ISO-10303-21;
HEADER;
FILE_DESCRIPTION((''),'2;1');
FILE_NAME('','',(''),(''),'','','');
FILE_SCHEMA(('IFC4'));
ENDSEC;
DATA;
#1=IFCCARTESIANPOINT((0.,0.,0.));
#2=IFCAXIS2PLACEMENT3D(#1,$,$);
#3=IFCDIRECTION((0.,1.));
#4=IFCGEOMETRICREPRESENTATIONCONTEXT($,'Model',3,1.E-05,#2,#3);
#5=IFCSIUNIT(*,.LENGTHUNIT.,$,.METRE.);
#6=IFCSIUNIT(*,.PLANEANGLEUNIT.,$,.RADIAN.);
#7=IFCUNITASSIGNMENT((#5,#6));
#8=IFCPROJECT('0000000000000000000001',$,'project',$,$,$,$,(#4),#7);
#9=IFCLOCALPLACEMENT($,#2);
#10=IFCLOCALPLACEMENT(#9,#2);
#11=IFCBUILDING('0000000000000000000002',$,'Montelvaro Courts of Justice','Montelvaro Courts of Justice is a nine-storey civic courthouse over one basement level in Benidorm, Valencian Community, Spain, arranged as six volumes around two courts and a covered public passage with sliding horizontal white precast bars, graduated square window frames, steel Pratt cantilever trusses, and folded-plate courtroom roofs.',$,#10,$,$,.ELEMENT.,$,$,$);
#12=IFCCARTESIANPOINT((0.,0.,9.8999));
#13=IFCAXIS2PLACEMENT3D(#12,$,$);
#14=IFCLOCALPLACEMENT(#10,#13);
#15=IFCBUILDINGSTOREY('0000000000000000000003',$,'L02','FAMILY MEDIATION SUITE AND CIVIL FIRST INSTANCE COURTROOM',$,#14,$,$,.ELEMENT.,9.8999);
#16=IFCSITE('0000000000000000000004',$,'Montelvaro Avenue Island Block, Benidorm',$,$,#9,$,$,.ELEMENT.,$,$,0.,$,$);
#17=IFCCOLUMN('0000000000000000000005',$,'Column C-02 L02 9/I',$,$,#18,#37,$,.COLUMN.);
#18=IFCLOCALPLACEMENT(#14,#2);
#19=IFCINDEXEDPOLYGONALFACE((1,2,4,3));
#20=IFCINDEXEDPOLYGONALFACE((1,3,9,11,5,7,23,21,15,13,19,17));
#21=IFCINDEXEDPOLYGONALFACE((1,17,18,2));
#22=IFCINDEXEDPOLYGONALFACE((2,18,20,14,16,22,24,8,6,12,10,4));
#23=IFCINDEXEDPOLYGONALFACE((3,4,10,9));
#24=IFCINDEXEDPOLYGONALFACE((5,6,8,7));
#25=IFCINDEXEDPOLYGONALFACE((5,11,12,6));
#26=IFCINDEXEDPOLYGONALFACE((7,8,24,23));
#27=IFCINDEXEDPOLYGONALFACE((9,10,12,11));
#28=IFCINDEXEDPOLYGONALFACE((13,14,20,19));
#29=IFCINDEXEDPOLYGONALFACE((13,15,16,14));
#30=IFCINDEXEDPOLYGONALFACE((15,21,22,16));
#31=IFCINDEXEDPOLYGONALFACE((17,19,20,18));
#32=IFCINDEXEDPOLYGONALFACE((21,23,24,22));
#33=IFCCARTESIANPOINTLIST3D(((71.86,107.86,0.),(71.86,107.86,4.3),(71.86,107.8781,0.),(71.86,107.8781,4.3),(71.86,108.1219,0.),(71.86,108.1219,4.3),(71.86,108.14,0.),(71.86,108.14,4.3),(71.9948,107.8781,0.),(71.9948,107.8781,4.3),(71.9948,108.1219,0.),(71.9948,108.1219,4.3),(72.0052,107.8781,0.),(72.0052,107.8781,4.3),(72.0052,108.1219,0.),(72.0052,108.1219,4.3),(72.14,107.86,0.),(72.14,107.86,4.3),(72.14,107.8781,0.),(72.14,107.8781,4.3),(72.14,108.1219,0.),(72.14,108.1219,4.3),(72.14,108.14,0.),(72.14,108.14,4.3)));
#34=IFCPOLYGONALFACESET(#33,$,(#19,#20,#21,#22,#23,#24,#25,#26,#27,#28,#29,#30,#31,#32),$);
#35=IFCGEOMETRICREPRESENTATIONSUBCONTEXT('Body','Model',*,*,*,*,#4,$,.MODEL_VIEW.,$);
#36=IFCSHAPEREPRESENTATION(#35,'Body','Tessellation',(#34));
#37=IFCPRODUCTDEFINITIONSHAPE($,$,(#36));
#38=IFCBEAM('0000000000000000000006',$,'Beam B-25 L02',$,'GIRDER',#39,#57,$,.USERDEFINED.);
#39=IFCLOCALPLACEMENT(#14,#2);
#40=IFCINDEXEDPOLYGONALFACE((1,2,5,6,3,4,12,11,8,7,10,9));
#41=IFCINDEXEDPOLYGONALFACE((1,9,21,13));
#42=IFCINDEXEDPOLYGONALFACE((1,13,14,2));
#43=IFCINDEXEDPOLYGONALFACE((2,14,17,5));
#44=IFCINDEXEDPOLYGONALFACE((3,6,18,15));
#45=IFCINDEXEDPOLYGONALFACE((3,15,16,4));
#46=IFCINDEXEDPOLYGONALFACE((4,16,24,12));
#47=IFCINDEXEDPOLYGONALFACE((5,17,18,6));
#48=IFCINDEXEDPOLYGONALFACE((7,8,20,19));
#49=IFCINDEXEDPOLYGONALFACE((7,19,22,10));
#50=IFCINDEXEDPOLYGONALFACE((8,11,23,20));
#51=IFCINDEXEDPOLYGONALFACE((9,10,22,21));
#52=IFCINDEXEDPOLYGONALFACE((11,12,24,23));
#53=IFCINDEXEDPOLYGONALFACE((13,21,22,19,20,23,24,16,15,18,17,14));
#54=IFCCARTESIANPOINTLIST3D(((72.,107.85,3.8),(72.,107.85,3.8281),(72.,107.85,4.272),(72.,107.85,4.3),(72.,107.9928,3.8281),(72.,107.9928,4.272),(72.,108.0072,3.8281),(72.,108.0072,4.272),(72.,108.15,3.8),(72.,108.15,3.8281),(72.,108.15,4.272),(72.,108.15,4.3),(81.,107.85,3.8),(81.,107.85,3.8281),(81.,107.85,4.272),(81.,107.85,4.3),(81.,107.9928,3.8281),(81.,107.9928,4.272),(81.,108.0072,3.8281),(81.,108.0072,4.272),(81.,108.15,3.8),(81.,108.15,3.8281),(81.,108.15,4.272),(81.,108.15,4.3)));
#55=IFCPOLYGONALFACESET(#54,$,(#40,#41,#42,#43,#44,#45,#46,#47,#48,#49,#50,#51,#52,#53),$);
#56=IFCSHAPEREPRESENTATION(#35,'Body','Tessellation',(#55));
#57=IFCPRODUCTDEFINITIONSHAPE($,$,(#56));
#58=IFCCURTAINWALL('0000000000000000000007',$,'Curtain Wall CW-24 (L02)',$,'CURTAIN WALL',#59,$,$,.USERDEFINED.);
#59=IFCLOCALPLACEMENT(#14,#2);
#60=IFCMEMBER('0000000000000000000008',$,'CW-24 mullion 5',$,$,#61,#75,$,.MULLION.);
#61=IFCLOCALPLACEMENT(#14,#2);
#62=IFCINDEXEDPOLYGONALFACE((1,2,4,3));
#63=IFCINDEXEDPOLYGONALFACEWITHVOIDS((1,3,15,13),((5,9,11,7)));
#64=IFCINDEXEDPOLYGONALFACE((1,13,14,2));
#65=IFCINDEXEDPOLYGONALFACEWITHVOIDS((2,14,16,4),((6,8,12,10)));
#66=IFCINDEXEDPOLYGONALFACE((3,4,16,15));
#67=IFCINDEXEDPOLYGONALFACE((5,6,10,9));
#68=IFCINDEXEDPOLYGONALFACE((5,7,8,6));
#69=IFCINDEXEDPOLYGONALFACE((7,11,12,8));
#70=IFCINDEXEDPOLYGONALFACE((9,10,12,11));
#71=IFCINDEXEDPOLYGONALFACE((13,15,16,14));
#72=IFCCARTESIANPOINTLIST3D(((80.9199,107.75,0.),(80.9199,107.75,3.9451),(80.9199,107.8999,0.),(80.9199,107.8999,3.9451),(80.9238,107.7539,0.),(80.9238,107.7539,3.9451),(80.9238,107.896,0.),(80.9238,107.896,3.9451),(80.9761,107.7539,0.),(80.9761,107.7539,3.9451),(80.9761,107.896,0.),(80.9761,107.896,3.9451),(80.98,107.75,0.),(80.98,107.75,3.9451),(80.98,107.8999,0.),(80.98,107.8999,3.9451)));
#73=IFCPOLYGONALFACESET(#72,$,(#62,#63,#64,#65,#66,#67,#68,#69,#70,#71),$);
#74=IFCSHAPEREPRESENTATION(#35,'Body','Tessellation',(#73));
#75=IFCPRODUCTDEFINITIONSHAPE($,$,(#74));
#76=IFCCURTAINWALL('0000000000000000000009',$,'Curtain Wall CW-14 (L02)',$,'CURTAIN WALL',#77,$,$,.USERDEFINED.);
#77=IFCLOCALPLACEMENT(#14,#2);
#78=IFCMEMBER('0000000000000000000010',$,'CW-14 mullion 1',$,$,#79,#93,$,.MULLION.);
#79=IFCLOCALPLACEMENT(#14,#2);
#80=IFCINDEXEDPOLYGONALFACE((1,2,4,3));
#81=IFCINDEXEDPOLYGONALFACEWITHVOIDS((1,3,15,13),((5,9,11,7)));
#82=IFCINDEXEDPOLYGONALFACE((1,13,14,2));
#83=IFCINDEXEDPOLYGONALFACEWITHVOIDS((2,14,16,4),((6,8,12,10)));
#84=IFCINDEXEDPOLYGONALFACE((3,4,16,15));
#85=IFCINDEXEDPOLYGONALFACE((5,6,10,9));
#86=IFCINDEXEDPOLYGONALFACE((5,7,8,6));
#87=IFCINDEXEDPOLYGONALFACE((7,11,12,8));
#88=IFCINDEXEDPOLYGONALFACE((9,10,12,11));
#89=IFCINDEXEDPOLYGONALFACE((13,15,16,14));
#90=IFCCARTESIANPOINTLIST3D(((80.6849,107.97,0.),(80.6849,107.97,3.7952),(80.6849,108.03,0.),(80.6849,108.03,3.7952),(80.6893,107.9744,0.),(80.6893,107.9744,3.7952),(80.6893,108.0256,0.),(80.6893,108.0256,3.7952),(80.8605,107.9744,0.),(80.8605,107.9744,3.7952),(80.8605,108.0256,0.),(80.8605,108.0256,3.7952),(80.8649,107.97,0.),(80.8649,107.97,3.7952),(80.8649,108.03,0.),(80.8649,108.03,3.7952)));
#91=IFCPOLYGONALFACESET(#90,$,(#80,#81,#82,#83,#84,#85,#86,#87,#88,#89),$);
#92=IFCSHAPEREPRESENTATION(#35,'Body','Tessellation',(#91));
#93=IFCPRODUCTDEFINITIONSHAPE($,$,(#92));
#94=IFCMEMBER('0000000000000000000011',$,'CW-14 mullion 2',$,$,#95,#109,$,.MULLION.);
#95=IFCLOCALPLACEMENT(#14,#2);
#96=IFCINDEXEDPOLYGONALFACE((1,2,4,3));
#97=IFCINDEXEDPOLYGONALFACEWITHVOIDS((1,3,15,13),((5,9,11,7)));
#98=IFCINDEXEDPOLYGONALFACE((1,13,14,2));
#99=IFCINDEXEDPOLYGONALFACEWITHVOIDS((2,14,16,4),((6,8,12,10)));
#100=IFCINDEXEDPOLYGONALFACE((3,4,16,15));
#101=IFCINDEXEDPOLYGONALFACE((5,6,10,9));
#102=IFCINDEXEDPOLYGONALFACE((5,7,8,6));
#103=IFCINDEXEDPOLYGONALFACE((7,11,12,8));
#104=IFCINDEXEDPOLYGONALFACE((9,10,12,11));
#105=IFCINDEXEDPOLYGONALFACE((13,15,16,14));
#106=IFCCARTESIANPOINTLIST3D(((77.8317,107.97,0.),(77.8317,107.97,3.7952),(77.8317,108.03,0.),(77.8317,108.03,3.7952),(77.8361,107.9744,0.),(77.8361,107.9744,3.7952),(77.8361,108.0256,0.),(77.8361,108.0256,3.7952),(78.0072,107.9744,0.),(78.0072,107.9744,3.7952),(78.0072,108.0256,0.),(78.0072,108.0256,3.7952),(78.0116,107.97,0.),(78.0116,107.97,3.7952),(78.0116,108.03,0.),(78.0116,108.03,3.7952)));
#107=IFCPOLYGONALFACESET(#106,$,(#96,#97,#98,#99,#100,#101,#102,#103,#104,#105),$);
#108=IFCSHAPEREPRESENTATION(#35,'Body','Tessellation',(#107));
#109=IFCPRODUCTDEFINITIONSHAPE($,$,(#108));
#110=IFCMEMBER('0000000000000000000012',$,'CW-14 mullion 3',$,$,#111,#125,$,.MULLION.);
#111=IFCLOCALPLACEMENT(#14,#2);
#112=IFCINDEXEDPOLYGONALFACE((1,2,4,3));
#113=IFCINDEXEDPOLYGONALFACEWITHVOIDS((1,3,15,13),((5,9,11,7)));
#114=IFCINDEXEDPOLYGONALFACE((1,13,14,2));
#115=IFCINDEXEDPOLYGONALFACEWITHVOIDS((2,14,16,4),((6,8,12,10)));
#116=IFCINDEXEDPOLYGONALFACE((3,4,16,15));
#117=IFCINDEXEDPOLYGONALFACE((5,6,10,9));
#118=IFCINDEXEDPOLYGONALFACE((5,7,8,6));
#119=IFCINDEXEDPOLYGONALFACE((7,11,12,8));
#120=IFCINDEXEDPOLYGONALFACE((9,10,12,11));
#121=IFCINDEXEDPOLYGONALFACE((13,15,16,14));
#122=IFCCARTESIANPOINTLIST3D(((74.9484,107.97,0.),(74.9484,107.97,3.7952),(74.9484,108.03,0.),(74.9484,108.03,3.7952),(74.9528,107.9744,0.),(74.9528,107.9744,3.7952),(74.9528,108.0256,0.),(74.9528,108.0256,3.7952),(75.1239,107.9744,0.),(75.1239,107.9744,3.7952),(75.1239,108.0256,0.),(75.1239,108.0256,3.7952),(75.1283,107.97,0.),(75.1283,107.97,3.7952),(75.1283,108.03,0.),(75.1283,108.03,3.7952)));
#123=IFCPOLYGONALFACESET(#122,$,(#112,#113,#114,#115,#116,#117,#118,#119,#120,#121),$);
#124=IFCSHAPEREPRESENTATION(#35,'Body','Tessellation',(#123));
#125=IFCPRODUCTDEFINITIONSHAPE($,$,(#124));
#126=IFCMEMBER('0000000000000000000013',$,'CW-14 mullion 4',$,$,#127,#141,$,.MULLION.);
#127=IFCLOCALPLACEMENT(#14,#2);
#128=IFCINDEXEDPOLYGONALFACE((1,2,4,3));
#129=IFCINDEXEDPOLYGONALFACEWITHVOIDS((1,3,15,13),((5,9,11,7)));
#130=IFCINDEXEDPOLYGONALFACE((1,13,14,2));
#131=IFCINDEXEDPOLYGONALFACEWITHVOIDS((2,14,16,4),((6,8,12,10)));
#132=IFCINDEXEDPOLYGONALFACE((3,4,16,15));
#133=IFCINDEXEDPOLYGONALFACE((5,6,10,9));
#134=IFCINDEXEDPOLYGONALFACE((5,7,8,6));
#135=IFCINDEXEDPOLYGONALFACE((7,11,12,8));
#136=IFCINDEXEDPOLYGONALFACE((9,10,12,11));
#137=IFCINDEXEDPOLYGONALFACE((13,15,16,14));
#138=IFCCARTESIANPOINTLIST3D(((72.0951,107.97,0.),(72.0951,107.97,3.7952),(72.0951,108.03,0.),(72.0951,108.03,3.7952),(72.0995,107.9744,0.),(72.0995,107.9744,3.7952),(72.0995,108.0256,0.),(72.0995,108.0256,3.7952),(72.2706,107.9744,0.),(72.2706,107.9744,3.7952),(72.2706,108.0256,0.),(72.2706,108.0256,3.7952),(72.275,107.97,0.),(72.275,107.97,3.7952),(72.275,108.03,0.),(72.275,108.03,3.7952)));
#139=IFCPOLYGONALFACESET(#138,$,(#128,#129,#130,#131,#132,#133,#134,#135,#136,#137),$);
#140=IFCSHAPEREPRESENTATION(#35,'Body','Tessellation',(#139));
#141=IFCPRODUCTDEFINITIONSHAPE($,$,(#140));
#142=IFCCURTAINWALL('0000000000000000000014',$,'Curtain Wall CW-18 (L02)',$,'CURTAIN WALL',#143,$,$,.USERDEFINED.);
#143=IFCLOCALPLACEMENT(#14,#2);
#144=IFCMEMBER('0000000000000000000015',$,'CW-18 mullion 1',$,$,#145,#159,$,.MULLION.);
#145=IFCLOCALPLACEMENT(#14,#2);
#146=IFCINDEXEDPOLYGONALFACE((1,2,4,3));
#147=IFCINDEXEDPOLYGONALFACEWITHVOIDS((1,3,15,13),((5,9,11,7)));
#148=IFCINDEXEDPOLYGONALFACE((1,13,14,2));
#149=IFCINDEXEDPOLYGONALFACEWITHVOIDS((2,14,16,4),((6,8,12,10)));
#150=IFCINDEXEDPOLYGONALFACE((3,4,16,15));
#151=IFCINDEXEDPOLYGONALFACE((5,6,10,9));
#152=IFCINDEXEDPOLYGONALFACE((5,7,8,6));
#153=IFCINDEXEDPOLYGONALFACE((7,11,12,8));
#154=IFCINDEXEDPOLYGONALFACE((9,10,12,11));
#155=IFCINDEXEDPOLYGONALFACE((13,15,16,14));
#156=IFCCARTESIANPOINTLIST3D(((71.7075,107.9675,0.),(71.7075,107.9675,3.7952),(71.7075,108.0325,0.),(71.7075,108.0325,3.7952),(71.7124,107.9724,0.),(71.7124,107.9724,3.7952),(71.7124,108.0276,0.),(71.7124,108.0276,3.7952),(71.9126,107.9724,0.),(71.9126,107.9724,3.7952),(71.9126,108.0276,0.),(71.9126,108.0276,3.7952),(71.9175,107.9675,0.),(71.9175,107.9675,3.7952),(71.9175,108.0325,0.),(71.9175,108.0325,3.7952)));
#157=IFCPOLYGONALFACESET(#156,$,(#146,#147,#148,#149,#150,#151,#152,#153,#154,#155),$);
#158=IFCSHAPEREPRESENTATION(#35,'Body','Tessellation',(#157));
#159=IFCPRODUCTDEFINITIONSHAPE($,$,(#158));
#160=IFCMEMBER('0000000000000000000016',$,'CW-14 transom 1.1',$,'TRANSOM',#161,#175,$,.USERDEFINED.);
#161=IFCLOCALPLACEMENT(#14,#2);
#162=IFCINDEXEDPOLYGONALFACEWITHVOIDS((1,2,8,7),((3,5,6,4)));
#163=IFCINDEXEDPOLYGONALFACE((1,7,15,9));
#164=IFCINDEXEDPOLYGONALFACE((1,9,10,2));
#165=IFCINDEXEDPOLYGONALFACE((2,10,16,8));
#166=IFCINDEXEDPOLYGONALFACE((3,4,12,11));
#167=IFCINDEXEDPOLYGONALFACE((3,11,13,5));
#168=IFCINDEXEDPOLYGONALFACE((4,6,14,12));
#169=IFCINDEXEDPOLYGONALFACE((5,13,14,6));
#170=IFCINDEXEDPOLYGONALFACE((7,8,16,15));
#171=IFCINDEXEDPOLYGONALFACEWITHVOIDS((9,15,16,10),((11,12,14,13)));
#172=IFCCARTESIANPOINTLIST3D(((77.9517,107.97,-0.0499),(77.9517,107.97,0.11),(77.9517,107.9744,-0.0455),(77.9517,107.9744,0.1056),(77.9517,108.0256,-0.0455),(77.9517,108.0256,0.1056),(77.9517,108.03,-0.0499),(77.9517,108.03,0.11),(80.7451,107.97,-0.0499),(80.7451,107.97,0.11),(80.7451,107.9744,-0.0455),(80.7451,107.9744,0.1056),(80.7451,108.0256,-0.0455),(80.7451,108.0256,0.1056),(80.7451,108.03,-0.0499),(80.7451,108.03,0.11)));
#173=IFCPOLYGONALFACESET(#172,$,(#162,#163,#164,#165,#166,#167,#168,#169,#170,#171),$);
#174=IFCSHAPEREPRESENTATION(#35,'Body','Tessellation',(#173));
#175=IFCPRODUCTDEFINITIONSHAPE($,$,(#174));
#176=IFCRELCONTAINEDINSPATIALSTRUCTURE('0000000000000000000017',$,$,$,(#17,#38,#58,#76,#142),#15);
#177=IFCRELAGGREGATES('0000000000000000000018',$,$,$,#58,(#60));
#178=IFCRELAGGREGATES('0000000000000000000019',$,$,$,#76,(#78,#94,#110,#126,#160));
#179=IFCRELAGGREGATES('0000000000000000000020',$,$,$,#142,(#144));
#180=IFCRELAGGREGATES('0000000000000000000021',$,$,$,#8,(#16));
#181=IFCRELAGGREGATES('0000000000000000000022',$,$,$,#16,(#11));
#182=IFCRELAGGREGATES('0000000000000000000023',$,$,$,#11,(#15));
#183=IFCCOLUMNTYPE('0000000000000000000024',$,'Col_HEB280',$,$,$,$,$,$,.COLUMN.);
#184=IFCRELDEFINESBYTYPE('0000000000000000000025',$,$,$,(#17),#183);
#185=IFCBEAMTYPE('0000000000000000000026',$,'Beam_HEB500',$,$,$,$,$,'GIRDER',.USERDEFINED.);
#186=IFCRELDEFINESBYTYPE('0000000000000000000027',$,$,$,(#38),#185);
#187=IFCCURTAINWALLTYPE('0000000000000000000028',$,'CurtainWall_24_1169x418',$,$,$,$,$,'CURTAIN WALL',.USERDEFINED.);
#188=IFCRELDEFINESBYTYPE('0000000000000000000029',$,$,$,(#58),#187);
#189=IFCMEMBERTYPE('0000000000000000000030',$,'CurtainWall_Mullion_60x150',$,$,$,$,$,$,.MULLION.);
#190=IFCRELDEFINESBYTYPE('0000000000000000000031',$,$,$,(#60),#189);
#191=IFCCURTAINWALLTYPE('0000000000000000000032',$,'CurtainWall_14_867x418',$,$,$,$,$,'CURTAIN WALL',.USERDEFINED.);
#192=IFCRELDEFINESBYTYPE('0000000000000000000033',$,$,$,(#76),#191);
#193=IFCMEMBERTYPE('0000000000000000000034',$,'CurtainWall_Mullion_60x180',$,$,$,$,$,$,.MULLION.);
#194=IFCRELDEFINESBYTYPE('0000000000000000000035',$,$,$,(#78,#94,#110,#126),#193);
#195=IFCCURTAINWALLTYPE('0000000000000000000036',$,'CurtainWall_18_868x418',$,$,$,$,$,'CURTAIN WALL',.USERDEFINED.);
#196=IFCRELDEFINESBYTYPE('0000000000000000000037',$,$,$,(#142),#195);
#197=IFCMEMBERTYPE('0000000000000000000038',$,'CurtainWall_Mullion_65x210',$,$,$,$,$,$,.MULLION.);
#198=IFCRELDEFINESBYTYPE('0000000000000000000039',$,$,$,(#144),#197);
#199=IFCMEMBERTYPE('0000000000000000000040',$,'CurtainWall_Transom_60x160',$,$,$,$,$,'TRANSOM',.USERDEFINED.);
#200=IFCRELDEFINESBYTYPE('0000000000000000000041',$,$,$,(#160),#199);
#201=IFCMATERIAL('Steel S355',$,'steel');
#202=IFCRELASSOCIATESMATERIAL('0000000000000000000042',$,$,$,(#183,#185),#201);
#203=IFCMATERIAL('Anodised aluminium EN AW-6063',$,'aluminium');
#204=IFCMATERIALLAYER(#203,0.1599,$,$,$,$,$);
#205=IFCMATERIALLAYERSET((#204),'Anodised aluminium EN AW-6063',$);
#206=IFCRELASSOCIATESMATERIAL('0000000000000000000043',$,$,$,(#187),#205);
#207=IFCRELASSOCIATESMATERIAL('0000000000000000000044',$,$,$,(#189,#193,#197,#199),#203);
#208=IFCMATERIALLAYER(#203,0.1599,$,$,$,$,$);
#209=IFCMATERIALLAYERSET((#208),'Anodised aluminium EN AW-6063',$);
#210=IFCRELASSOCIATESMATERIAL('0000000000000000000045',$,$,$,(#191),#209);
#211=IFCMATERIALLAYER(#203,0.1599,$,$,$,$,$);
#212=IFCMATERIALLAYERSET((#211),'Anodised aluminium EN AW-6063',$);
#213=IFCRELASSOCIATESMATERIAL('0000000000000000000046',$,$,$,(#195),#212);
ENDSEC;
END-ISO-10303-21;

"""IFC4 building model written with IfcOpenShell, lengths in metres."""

from ifc_helpers import new_model, si_unit, direction, frame, origin, origin_2d, place, context, subcontext, project, spatial, hollow_rectangle, i_section, extrude, material, layer, layer_set, material_profile, profile_set, type_object, element, aggregate, save


model = new_model("IFC4")

# Units and contexts
model_context = context("Model", 3, precision=1e-05, world=origin(), true_north=direction((0.0, 1.0)))
body_context = subcontext(model_context, "Body", "Model", "MODEL_VIEW")
ifc_project = project(units=[si_unit("LENGTHUNIT", "METRE"), si_unit("PLANEANGLEUNIT", "RADIAN")], contexts=[model_context])

# Site, building, storey
site_placement = place(None, origin())
site = spatial("IfcSite", under=ifc_project, at=site_placement, Name="Montelvaro Avenue Island Block, Benidorm", CompositionType="ELEMENT", RefElevation=0.0)
building_placement = place(site_placement, origin())
building = spatial("IfcBuilding", under=site, at=building_placement, Name="Montelvaro Courts of Justice", Description="Montelvaro Courts of Justice is a nine-storey civic courthouse over one basement level in Benidorm, Valencian Community, Spain, arranged as six volumes around two courts and a covered public passage with sliding horizontal white precast bars, graduated square window frames, steel Pratt cantilever trusses, and folded-plate courtroom roofs.", CompositionType="ELEMENT")
storey_placement = place(building_placement, frame((0.0, 0.0, 9.8999)))
storey = spatial("IfcBuildingStorey", under=building, at=storey_placement, Name="L02", Description="FAMILY MEDIATION SUITE AND CIVIL FIRST INSTANCE COURTROOM", CompositionType="ELEMENT", Elevation=9.8999)

# Column
ifc_material_1 = material(Name="Steel S355", Category="steel")
ifc_material_profile_1 = material_profile(ifc_material_1, i_section(OverallWidth=0.28, OverallDepth=0.28, WebThickness=0.0105, FlangeThickness=0.0181, at=origin_2d()), Name="HEB 280")
ifc_profile_set_1 = profile_set([ifc_material_profile_1], Name="Steel S355")
column_type = type_object("IfcColumnType", Name="Col_HEB280", PredefinedType="COLUMN", material=ifc_profile_set_1)
column_placement = place(storey_placement, frame((72.0, 108.0, 0.0), z_axis=(0.0, 0.0, 1.0), x_axis=(1.0, 0.0, 0.0)))
element("IfcColumn", 1, at=column_placement, inside=storey, type_object=column_type, Name="Column C-02 L02 9/I", PredefinedType="COLUMN", context=body_context, shape_type="SweptSolid", body=[
    extrude(i_section(OverallWidth=0.28, OverallDepth=0.28, WebThickness=0.0105, FlangeThickness=0.0181, at=origin_2d()), origin(), (0.0, 0.0, 1.0), 4.3),
])

# Beam
ifc_material_profile_2 = material_profile(ifc_material_1, i_section(OverallWidth=0.3, OverallDepth=0.5, WebThickness=0.0144, FlangeThickness=0.0281, at=origin_2d()), Name="HEB 500")
ifc_profile_set_2 = profile_set([ifc_material_profile_2], Name="Steel S355")
beam_type = type_object("IfcBeamType", Name="Beam_HEB500", ElementType="GIRDER", PredefinedType="USERDEFINED", material=ifc_profile_set_2)
beam_placement = place(storey_placement, frame((72.0, 108.0, 4.05), z_axis=(1.0, 0.0, 0.0), x_axis=(0.0, 1.0, 0.0)))
element("IfcBeam", 2, at=beam_placement, inside=storey, type_object=beam_type, Name="Beam B-25 L02", ObjectType="GIRDER", PredefinedType="USERDEFINED", context=body_context, shape_type="SweptSolid", body=[
    extrude(i_section(OverallWidth=0.3, OverallDepth=0.5, WebThickness=0.0144, FlangeThickness=0.0281, at=origin_2d()), origin(), (0.0, 0.0, 1.0), 9.0),
])

# Curtain wall, member
ifc_material_2 = material(Name="Anodised aluminium EN AW-6063", Category="aluminium")
ifc_layer_1 = layer(ifc_material_2, 0.1599)
ifc_layer_set_1 = layer_set([ifc_layer_1], Name="Anodised aluminium EN AW-6063")
curtain_wall_type_1 = type_object("IfcCurtainWallType", Name="CurtainWall_24_1169x418", ElementType="CURTAIN WALL", PredefinedType="USERDEFINED", material=ifc_layer_set_1)
curtain_wall_1_placement = place(storey_placement, origin())
curtain_wall_1 = element("IfcCurtainWall", 3, at=curtain_wall_1_placement, inside=storey, type_object=curtain_wall_type_1, Name="Curtain Wall CW-24 (L02)", ObjectType="CURTAIN WALL", PredefinedType="USERDEFINED")
ifc_material_profile_3 = material_profile(ifc_material_2, hollow_rectangle(XDim=0.0601, YDim=0.1499, WallThickness=0.0039, at=origin_2d()), Name="ALU-M 60x150")
ifc_profile_set_3 = profile_set([ifc_material_profile_3], Name="Anodised aluminium EN AW-6063")
member_type_1 = type_object("IfcMemberType", Name="CurtainWall_Mullion_60x150", PredefinedType="MULLION", material=ifc_profile_set_3)
member_1_placement = place(storey_placement, frame((80.95, 107.825, 0.0), z_axis=(0.0, 0.0, 1.0), x_axis=(-1.0, 0.0, 0.0)))
member_1 = element("IfcMember", 4, at=member_1_placement, type_object=member_type_1, Name="CW-24 mullion 5", PredefinedType="MULLION", context=body_context, shape_type="SweptSolid", body=[
    extrude(hollow_rectangle(XDim=0.0601, YDim=0.1499, WallThickness=0.0039, at=origin_2d()), origin(), (0.0, 0.0, 1.0), 3.9451),
])
aggregate(curtain_wall_1, [member_1])

# Curtain wall, members
ifc_layer_2 = layer(ifc_material_2, 0.1599)
ifc_layer_set_2 = layer_set([ifc_layer_2], Name="Anodised aluminium EN AW-6063")
curtain_wall_type_2 = type_object("IfcCurtainWallType", Name="CurtainWall_14_867x418", ElementType="CURTAIN WALL", PredefinedType="USERDEFINED", material=ifc_layer_set_2)
curtain_wall_2_placement = place(storey_placement, origin())
curtain_wall_2 = element("IfcCurtainWall", 5, at=curtain_wall_2_placement, inside=storey, type_object=curtain_wall_type_2, Name="Curtain Wall CW-14 (L02)", ObjectType="CURTAIN WALL", PredefinedType="USERDEFINED")
ifc_material_profile_4 = material_profile(ifc_material_2, hollow_rectangle(XDim=0.0601, YDim=0.1799, WallThickness=0.0044, at=origin_2d()), Name="ALU-M 60x180")
ifc_profile_set_4 = profile_set([ifc_material_profile_4], Name="Anodised aluminium EN AW-6063")
member_type_2 = type_object("IfcMemberType", Name="CurtainWall_Mullion_60x180", PredefinedType="MULLION", material=ifc_profile_set_4)
member_2_placement = place(storey_placement, frame((80.7749, 108.0, 0.0), z_axis=(0.0, 0.0, 1.0), x_axis=(0.0, -1.0, 0.0)))
member_2 = element("IfcMember", 6, at=member_2_placement, type_object=member_type_2, Name="CW-14 mullion 1", PredefinedType="MULLION", context=body_context, shape_type="SweptSolid", body=[
    extrude(hollow_rectangle(XDim=0.0601, YDim=0.1799, WallThickness=0.0044, at=origin_2d()), origin(), (0.0, 0.0, 1.0), 3.7952),
])
member_3_placement = place(storey_placement, frame((77.9216, 108.0, 0.0), z_axis=(0.0, 0.0, 1.0), x_axis=(0.0, -1.0, 0.0)))
member_3 = element("IfcMember", 7, at=member_3_placement, type_object=member_type_2, Name="CW-14 mullion 2", PredefinedType="MULLION", context=body_context, shape_type="SweptSolid", body=[
    extrude(hollow_rectangle(XDim=0.0601, YDim=0.1799, WallThickness=0.0044, at=origin_2d()), origin(), (0.0, 0.0, 1.0), 3.7952),
])
member_4_placement = place(storey_placement, frame((75.0383, 108.0, 0.0), z_axis=(0.0, 0.0, 1.0), x_axis=(0.0, -1.0, 0.0)))
member_4 = element("IfcMember", 8, at=member_4_placement, type_object=member_type_2, Name="CW-14 mullion 3", PredefinedType="MULLION", context=body_context, shape_type="SweptSolid", body=[
    extrude(hollow_rectangle(XDim=0.0601, YDim=0.1799, WallThickness=0.0044, at=origin_2d()), origin(), (0.0, 0.0, 1.0), 3.7952),
])
member_5_placement = place(storey_placement, frame((72.1851, 108.0, 0.0), z_axis=(0.0, 0.0, 1.0), x_axis=(0.0, -1.0, 0.0)))
member_5 = element("IfcMember", 9, at=member_5_placement, type_object=member_type_2, Name="CW-14 mullion 4", PredefinedType="MULLION", context=body_context, shape_type="SweptSolid", body=[
    extrude(hollow_rectangle(XDim=0.0601, YDim=0.1799, WallThickness=0.0044, at=origin_2d()), origin(), (0.0, 0.0, 1.0), 3.7952),
])

# Curtain wall, member
ifc_layer_3 = layer(ifc_material_2, 0.1599)
ifc_layer_set_3 = layer_set([ifc_layer_3], Name="Anodised aluminium EN AW-6063")
curtain_wall_type_3 = type_object("IfcCurtainWallType", Name="CurtainWall_18_868x418", ElementType="CURTAIN WALL", PredefinedType="USERDEFINED", material=ifc_layer_set_3)
curtain_wall_3_placement = place(storey_placement, origin())
curtain_wall_3 = element("IfcCurtainWall", 10, at=curtain_wall_3_placement, inside=storey, type_object=curtain_wall_type_3, Name="Curtain Wall CW-18 (L02)", ObjectType="CURTAIN WALL", PredefinedType="USERDEFINED")
ifc_material_profile_5 = material_profile(ifc_material_2, hollow_rectangle(XDim=0.0649, YDim=0.21, WallThickness=0.0049, at=origin_2d()), Name="ALU-M 65x210")
ifc_profile_set_5 = profile_set([ifc_material_profile_5], Name="Anodised aluminium EN AW-6063")
member_type_3 = type_object("IfcMemberType", Name="CurtainWall_Mullion_65x210", PredefinedType="MULLION", material=ifc_profile_set_5)
member_6_placement = place(storey_placement, frame((71.8125, 108.0, 0.0), z_axis=(0.0, 0.0, 1.0), x_axis=(0.0, -1.0, 0.0)))
member_6 = element("IfcMember", 11, at=member_6_placement, type_object=member_type_3, Name="CW-18 mullion 1", PredefinedType="MULLION", context=body_context, shape_type="SweptSolid", body=[
    extrude(hollow_rectangle(XDim=0.0649, YDim=0.21, WallThickness=0.0049, at=origin_2d()), origin(), (0.0, 0.0, 1.0), 3.7952),
])

# Member
ifc_material_profile_6 = material_profile(ifc_material_2, hollow_rectangle(XDim=0.0601, YDim=0.1599, WallThickness=0.0044, at=origin_2d()), Name="ALU-T 60x160")
ifc_profile_set_6 = profile_set([ifc_material_profile_6], Name="Anodised aluminium EN AW-6063")
member_type_4 = type_object("IfcMemberType", Name="CurtainWall_Transom_60x160", ElementType="TRANSOM", PredefinedType="USERDEFINED", material=ifc_profile_set_6)
member_7_placement = place(storey_placement, frame((80.7451, 108.0, 0.03), z_axis=(-1.0, 0.0, 0.0), x_axis=(0.0, -1.0, 0.0)))
member_7 = element("IfcMember", 12, at=member_7_placement, type_object=member_type_4, Name="CW-14 transom 1.1", ObjectType="TRANSOM", PredefinedType="USERDEFINED", context=body_context, shape_type="SweptSolid", body=[
    extrude(hollow_rectangle(XDim=0.0601, YDim=0.1599, WallThickness=0.0044, at=origin_2d()), origin(), (0.0, 0.0, 1.0), 2.7935),
])

aggregate(curtain_wall_2, [member_2, member_3, member_4, member_5, member_7])
aggregate(curtain_wall_3, [member_6])

save(model, "model.ifc")
